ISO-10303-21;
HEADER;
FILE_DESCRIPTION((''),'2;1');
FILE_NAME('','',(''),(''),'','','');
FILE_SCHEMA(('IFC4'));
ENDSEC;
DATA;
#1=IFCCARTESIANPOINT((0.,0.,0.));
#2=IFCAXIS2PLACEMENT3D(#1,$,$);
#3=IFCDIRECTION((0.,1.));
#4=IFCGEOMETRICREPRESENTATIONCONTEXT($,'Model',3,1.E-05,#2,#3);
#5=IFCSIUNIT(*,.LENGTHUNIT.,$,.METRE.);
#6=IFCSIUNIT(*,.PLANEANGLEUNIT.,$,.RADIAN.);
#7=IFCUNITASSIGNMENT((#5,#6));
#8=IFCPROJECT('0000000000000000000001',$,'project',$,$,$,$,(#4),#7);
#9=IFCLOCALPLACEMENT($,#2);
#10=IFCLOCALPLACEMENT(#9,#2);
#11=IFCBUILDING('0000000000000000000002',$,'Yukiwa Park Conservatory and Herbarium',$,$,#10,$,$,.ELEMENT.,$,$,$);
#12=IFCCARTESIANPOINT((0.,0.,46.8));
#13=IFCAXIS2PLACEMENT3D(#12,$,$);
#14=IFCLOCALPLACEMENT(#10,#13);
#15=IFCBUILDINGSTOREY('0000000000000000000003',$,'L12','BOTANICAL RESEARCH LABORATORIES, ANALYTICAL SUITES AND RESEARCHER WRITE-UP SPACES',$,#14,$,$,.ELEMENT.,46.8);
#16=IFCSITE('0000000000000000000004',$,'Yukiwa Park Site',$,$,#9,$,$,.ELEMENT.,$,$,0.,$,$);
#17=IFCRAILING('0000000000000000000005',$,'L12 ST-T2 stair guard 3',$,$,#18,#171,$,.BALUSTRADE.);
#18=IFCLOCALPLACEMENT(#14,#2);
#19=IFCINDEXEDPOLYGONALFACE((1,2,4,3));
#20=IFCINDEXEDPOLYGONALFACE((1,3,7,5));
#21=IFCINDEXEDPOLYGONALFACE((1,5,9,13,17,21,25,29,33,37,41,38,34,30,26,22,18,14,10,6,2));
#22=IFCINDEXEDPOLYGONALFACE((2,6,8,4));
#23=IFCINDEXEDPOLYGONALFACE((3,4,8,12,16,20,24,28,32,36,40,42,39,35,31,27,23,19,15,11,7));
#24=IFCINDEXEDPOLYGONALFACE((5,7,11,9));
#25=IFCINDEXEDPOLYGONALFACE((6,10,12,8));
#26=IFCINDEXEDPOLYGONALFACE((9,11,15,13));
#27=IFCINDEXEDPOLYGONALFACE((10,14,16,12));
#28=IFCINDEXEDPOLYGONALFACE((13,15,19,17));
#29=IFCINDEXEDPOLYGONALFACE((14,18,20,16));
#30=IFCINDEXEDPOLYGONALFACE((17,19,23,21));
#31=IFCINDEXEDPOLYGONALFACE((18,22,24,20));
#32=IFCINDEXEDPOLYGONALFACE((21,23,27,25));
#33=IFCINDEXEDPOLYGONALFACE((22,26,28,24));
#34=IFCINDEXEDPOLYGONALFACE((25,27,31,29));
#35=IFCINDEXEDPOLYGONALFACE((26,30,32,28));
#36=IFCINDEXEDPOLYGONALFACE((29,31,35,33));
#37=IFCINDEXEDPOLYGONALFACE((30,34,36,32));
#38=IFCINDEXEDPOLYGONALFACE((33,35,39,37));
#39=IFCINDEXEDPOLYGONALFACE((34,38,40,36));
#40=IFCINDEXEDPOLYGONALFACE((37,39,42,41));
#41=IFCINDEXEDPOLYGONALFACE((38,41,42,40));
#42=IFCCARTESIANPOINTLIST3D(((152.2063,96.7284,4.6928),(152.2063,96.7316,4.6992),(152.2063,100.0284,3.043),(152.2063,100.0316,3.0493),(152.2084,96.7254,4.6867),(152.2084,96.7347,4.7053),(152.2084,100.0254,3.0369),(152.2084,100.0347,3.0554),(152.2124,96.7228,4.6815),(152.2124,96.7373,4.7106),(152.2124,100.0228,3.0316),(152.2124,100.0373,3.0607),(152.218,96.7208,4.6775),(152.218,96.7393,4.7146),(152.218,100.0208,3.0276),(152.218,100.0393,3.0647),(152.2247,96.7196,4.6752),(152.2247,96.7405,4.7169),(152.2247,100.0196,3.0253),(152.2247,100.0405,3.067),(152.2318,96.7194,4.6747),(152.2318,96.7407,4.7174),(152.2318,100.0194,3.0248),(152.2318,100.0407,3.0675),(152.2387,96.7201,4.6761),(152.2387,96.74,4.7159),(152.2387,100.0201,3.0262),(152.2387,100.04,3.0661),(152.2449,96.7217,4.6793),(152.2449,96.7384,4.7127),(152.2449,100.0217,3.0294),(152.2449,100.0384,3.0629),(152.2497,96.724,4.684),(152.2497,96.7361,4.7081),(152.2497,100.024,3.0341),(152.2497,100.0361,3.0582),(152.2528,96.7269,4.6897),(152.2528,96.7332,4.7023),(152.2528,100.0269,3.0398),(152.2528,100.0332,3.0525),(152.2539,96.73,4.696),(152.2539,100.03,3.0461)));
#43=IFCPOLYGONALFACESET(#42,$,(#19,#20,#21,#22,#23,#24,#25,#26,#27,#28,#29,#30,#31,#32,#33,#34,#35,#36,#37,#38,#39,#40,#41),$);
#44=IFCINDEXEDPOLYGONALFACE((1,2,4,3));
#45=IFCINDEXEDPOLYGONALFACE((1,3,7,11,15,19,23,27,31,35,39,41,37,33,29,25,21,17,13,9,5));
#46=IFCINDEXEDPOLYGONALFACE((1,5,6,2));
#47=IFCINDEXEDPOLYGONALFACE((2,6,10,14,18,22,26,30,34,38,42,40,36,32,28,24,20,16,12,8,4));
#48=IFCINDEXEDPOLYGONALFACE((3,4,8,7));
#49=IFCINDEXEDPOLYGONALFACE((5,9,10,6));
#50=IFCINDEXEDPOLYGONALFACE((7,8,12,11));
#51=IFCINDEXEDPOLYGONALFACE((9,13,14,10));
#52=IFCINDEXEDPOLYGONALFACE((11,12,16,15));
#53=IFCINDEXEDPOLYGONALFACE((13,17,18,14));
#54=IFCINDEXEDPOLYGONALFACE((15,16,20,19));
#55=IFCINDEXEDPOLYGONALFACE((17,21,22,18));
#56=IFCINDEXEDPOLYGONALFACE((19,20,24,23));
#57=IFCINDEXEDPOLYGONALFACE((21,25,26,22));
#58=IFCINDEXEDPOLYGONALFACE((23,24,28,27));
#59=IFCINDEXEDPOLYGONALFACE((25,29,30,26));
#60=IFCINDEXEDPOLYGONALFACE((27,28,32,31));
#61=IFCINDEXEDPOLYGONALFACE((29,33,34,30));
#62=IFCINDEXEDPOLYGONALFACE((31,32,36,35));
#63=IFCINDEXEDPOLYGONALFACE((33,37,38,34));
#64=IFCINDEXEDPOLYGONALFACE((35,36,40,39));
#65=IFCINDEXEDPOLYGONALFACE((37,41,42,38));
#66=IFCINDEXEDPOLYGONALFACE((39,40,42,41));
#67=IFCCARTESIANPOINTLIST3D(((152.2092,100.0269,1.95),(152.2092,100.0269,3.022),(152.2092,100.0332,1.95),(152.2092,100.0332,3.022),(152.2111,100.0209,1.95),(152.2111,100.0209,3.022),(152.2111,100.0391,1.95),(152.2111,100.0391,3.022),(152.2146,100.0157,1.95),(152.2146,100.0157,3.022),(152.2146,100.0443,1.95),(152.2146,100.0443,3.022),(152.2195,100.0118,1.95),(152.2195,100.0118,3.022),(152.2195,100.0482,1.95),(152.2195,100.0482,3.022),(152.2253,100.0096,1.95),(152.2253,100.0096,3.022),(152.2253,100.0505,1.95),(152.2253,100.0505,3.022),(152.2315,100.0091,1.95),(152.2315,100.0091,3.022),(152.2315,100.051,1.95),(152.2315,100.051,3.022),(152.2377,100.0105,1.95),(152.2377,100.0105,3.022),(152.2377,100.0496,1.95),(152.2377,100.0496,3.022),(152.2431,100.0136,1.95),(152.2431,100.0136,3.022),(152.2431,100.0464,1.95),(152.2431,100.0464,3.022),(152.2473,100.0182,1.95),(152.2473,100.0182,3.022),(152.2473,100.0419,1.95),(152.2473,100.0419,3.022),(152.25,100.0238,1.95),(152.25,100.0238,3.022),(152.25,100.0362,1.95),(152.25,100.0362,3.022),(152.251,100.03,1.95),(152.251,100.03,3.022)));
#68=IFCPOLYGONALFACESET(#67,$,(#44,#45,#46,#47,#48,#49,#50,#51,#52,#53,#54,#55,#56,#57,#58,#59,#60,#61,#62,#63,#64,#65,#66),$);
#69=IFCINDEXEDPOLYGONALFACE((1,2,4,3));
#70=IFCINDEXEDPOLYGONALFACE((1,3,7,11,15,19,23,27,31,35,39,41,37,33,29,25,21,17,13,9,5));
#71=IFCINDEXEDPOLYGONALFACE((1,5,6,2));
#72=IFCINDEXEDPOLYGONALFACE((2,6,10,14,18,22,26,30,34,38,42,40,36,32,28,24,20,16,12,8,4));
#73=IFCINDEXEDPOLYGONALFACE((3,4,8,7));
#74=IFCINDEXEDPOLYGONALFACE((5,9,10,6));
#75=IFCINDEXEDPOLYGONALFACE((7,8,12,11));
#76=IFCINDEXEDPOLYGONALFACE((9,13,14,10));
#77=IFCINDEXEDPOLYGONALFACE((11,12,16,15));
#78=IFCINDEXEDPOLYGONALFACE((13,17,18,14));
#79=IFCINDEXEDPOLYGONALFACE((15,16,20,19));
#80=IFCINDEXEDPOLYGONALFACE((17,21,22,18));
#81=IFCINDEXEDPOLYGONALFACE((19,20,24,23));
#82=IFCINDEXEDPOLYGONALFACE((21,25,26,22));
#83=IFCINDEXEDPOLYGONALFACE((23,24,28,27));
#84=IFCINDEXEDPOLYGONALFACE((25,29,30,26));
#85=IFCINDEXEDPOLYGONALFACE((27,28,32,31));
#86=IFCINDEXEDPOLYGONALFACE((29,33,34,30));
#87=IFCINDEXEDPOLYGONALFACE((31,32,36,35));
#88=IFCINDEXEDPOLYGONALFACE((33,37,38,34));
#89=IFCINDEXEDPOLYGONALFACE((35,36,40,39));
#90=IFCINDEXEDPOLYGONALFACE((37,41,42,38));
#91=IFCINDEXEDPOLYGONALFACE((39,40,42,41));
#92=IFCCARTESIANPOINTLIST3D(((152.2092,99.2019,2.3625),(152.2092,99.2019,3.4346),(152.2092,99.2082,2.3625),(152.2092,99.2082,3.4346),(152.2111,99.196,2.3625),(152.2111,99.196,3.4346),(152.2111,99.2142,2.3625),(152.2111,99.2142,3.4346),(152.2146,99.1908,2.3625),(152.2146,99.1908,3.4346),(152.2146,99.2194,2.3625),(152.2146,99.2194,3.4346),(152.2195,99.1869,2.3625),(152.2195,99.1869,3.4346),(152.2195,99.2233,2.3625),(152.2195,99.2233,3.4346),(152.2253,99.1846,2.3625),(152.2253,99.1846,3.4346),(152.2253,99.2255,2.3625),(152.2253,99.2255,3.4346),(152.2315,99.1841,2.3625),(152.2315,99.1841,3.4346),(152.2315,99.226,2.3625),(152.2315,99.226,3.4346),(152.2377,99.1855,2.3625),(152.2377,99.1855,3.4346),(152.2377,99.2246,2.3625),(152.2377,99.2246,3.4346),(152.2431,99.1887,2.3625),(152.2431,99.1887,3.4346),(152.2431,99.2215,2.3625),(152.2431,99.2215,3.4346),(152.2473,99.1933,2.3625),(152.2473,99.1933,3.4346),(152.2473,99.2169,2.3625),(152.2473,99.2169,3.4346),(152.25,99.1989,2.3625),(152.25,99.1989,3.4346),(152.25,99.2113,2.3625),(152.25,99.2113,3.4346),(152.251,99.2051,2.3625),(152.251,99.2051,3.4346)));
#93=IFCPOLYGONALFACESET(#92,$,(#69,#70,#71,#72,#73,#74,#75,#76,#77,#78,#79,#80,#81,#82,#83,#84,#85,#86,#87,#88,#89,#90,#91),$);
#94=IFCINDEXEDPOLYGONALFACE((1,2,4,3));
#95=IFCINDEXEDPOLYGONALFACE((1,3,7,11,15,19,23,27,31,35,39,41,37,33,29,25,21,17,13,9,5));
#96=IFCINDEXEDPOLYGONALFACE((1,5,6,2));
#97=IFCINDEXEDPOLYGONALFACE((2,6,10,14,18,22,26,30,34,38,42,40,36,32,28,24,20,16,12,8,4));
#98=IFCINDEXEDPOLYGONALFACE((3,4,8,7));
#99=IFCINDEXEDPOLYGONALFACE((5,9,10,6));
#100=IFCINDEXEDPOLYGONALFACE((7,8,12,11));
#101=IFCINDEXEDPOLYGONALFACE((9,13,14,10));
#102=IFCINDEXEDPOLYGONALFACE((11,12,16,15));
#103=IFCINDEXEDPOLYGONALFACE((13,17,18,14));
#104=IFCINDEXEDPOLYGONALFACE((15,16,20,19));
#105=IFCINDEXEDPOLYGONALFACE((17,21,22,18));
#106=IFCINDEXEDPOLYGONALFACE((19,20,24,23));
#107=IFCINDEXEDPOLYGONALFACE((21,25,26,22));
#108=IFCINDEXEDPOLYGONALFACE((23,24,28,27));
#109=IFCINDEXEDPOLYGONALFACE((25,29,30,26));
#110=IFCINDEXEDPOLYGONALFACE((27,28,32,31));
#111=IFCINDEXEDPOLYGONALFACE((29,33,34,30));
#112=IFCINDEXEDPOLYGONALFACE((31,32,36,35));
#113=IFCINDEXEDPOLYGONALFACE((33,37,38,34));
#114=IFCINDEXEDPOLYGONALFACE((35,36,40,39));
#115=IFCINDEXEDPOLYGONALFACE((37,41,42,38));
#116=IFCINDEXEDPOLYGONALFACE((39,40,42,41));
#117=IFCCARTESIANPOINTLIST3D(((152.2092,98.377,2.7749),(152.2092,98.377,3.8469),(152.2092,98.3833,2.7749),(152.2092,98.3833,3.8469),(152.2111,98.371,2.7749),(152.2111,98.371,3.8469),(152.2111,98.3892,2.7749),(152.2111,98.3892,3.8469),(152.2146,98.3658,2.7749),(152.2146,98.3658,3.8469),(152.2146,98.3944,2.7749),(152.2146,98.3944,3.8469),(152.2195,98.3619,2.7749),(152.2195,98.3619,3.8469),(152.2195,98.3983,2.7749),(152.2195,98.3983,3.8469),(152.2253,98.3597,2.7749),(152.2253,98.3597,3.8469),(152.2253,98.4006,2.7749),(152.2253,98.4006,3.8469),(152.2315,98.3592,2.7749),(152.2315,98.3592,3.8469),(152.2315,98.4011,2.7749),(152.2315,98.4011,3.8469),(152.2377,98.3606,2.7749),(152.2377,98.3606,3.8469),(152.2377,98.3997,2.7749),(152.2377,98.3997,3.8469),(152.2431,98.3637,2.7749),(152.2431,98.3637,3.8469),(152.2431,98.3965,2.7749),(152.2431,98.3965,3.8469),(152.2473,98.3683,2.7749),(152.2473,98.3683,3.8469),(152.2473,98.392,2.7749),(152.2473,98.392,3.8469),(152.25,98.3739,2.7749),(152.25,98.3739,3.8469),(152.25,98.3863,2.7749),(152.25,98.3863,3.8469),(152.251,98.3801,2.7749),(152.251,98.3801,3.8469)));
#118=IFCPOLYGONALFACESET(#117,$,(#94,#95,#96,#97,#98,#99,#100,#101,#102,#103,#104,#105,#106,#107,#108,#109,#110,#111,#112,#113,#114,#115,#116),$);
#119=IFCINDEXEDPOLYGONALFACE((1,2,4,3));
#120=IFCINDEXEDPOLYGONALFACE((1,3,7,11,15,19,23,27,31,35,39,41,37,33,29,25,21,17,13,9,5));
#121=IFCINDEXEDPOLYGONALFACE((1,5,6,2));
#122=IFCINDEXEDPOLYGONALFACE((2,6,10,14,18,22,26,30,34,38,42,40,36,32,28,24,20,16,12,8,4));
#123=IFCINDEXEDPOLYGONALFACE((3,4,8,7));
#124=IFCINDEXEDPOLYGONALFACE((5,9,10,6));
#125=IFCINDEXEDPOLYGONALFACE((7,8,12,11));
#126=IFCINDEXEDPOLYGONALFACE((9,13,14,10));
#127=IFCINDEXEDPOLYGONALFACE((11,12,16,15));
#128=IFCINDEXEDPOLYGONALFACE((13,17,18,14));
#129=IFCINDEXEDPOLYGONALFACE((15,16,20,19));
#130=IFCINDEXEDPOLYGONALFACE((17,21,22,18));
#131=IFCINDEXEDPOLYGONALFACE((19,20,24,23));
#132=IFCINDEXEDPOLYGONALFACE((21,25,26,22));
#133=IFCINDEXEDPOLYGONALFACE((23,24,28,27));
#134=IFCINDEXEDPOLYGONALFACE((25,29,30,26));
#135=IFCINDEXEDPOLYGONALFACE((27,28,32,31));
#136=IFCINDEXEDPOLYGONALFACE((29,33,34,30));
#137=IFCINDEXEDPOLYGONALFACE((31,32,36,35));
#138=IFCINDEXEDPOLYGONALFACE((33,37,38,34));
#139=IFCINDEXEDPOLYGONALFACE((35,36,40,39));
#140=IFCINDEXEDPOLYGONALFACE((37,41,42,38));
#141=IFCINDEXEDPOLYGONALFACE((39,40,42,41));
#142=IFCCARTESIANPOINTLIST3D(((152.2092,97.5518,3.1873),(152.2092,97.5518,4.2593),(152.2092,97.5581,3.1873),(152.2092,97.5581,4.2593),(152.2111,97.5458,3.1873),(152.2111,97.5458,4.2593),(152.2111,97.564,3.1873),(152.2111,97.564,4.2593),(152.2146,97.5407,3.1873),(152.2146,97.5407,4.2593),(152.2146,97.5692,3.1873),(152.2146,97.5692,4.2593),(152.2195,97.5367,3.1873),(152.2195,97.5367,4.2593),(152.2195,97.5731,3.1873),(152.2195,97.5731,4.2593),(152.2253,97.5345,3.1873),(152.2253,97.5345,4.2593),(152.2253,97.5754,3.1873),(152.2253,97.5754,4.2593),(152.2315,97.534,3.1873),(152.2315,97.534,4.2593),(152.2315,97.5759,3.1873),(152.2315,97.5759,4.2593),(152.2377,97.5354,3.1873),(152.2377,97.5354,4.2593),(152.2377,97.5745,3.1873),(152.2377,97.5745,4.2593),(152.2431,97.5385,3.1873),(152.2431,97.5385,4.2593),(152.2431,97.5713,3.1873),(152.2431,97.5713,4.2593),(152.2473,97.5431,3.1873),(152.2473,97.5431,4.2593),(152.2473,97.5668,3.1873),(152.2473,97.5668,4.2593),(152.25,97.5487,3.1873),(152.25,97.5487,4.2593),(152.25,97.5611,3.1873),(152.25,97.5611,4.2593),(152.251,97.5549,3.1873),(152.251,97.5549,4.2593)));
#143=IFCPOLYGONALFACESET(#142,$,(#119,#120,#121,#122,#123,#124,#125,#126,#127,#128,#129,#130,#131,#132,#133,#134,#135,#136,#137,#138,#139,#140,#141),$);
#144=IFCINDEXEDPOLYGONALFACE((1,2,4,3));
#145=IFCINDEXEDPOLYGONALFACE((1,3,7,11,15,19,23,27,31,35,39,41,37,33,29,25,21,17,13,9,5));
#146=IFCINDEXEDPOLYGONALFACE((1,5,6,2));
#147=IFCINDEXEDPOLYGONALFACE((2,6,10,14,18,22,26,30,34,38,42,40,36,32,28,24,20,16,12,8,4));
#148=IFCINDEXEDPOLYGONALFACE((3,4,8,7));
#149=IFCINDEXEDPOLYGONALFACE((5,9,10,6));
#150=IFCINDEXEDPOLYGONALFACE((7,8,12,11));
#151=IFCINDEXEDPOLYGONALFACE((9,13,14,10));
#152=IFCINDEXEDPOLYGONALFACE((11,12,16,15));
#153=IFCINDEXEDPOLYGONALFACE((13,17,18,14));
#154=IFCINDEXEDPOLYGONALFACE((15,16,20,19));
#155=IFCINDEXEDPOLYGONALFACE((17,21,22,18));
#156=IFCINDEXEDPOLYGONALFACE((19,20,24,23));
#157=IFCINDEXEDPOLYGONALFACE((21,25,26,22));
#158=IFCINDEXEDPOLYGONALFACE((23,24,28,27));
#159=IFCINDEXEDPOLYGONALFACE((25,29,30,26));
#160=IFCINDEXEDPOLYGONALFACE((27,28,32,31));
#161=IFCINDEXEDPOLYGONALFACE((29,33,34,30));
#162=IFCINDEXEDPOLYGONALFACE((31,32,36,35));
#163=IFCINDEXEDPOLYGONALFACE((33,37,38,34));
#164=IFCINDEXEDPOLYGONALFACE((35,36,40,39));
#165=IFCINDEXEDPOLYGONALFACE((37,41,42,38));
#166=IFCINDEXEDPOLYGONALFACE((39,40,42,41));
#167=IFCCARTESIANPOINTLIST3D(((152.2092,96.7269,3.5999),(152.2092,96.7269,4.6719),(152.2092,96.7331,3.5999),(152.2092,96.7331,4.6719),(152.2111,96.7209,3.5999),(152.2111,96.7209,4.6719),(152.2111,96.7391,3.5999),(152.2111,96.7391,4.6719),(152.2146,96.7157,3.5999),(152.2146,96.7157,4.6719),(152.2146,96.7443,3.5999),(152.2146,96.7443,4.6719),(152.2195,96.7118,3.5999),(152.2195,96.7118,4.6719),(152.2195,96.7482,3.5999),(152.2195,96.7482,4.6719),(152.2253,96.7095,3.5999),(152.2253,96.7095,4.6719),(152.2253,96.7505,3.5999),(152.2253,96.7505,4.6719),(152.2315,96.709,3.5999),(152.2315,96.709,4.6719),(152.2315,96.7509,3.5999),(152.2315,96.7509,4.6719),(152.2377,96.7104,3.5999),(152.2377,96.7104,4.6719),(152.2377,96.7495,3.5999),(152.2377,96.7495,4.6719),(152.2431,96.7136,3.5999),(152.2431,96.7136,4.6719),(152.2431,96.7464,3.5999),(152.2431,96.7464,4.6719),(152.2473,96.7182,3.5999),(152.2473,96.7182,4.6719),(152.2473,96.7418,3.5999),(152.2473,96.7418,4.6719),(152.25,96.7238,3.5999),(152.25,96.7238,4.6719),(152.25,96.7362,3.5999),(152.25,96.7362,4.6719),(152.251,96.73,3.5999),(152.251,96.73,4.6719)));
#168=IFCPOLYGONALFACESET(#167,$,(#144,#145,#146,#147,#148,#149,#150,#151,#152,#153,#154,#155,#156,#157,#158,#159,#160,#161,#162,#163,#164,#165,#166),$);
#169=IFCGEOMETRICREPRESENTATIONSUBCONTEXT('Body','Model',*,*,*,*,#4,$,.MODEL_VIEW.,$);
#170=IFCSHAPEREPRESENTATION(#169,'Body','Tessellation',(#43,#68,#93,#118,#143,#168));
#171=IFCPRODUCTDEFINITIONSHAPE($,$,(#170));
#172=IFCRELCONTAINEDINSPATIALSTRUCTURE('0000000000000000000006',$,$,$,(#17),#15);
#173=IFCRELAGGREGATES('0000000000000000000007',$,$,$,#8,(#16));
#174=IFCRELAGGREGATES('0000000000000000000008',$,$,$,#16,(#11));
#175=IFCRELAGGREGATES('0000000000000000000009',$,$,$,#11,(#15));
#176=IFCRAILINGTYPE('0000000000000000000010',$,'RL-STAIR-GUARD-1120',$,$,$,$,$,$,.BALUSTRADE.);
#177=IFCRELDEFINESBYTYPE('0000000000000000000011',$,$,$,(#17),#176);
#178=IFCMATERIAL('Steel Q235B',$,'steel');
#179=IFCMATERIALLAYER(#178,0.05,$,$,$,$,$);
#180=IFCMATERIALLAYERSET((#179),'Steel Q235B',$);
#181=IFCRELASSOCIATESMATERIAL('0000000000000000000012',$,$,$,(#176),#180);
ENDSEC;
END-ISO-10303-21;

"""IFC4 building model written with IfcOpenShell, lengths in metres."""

from ifc_helpers import new_model, si_unit, direction, frame, origin, origin_2d, place, context, subcontext, project, spatial, circle, extrude, material, layer, layer_set, type_object, element, save


model = new_model("IFC4")

# Units and contexts
model_context = context("Model", 3, precision=1e-05, world=origin(), true_north=direction((0.0, 1.0)))
body_context = subcontext(model_context, "Body", "Model", "MODEL_VIEW")
ifc_project = project(units=[si_unit("LENGTHUNIT", "METRE"), si_unit("PLANEANGLEUNIT", "RADIAN")], contexts=[model_context])

# Site, building, storey
site_placement = place(None, origin())
site = spatial("IfcSite", under=ifc_project, at=site_placement, Name="Yukiwa Park Site", CompositionType="ELEMENT", RefElevation=0.0)
building_placement = place(site_placement, origin())
building = spatial("IfcBuilding", under=site, at=building_placement, Name="Yukiwa Park Conservatory and Herbarium", CompositionType="ELEMENT")
storey_placement = place(building_placement, frame((0.0, 0.0, 46.8)))
storey = spatial("IfcBuildingStorey", under=building, at=storey_placement, Name="L12", Description="BOTANICAL RESEARCH LABORATORIES, ANALYTICAL SUITES AND RESEARCHER WRITE-UP SPACES", CompositionType="ELEMENT", Elevation=46.8)

# Railing
ifc_material_1 = material(Name="Steel Q235B", Category="steel")
ifc_layer_1 = layer(ifc_material_1, 0.05)
ifc_layer_set_1 = layer_set([ifc_layer_1], Name="Steel Q235B")
railing_type_1 = type_object("IfcRailingType", Name="RL-STAIR-GUARD-1120", PredefinedType="BALUSTRADE", material=ifc_layer_set_1)
railing_1_placement = place(storey_placement, frame((152.23, 100.03, 1.95)))
element("IfcRailing", 1, at=railing_1_placement, inside=storey, type_object=railing_type_1, Name="L12 ST-T2 stair guard 3", PredefinedType="BALUSTRADE", context=body_context, shape_type="SweptSolid", body=[
    extrude(circle(Radius=0.0239, at=origin_2d()), frame((0.0, 0.0, 1.0962), z_axis=(0.0, -0.89444, 0.447187), x_axis=(1.0, 0.0, 0.0)), (0.0, 0.0, 1.0), 3.6895),
    extrude(circle(Radius=0.021, at=origin_2d()), origin(), (0.0, 0.0, 1.0), 1.072),
    extrude(circle(Radius=0.021, at=origin_2d()), frame((0.0, -0.825, 0.4126)), (0.0, 0.0, 1.0), 1.072),
    extrude(circle(Radius=0.021, at=origin_2d()), frame((0.0, -1.6499, 0.825)), (0.0, 0.0, 1.0), 1.072),
    extrude(circle(Radius=0.021, at=origin_2d()), frame((0.0, -2.4751, 1.2373)), (0.0, 0.0, 1.0), 1.072),
    extrude(circle(Radius=0.021, at=origin_2d()), frame((0.0, -3.3, 1.6499)), (0.0, 0.0, 1.0), 1.072),
])

save(model, "model.ifc")
